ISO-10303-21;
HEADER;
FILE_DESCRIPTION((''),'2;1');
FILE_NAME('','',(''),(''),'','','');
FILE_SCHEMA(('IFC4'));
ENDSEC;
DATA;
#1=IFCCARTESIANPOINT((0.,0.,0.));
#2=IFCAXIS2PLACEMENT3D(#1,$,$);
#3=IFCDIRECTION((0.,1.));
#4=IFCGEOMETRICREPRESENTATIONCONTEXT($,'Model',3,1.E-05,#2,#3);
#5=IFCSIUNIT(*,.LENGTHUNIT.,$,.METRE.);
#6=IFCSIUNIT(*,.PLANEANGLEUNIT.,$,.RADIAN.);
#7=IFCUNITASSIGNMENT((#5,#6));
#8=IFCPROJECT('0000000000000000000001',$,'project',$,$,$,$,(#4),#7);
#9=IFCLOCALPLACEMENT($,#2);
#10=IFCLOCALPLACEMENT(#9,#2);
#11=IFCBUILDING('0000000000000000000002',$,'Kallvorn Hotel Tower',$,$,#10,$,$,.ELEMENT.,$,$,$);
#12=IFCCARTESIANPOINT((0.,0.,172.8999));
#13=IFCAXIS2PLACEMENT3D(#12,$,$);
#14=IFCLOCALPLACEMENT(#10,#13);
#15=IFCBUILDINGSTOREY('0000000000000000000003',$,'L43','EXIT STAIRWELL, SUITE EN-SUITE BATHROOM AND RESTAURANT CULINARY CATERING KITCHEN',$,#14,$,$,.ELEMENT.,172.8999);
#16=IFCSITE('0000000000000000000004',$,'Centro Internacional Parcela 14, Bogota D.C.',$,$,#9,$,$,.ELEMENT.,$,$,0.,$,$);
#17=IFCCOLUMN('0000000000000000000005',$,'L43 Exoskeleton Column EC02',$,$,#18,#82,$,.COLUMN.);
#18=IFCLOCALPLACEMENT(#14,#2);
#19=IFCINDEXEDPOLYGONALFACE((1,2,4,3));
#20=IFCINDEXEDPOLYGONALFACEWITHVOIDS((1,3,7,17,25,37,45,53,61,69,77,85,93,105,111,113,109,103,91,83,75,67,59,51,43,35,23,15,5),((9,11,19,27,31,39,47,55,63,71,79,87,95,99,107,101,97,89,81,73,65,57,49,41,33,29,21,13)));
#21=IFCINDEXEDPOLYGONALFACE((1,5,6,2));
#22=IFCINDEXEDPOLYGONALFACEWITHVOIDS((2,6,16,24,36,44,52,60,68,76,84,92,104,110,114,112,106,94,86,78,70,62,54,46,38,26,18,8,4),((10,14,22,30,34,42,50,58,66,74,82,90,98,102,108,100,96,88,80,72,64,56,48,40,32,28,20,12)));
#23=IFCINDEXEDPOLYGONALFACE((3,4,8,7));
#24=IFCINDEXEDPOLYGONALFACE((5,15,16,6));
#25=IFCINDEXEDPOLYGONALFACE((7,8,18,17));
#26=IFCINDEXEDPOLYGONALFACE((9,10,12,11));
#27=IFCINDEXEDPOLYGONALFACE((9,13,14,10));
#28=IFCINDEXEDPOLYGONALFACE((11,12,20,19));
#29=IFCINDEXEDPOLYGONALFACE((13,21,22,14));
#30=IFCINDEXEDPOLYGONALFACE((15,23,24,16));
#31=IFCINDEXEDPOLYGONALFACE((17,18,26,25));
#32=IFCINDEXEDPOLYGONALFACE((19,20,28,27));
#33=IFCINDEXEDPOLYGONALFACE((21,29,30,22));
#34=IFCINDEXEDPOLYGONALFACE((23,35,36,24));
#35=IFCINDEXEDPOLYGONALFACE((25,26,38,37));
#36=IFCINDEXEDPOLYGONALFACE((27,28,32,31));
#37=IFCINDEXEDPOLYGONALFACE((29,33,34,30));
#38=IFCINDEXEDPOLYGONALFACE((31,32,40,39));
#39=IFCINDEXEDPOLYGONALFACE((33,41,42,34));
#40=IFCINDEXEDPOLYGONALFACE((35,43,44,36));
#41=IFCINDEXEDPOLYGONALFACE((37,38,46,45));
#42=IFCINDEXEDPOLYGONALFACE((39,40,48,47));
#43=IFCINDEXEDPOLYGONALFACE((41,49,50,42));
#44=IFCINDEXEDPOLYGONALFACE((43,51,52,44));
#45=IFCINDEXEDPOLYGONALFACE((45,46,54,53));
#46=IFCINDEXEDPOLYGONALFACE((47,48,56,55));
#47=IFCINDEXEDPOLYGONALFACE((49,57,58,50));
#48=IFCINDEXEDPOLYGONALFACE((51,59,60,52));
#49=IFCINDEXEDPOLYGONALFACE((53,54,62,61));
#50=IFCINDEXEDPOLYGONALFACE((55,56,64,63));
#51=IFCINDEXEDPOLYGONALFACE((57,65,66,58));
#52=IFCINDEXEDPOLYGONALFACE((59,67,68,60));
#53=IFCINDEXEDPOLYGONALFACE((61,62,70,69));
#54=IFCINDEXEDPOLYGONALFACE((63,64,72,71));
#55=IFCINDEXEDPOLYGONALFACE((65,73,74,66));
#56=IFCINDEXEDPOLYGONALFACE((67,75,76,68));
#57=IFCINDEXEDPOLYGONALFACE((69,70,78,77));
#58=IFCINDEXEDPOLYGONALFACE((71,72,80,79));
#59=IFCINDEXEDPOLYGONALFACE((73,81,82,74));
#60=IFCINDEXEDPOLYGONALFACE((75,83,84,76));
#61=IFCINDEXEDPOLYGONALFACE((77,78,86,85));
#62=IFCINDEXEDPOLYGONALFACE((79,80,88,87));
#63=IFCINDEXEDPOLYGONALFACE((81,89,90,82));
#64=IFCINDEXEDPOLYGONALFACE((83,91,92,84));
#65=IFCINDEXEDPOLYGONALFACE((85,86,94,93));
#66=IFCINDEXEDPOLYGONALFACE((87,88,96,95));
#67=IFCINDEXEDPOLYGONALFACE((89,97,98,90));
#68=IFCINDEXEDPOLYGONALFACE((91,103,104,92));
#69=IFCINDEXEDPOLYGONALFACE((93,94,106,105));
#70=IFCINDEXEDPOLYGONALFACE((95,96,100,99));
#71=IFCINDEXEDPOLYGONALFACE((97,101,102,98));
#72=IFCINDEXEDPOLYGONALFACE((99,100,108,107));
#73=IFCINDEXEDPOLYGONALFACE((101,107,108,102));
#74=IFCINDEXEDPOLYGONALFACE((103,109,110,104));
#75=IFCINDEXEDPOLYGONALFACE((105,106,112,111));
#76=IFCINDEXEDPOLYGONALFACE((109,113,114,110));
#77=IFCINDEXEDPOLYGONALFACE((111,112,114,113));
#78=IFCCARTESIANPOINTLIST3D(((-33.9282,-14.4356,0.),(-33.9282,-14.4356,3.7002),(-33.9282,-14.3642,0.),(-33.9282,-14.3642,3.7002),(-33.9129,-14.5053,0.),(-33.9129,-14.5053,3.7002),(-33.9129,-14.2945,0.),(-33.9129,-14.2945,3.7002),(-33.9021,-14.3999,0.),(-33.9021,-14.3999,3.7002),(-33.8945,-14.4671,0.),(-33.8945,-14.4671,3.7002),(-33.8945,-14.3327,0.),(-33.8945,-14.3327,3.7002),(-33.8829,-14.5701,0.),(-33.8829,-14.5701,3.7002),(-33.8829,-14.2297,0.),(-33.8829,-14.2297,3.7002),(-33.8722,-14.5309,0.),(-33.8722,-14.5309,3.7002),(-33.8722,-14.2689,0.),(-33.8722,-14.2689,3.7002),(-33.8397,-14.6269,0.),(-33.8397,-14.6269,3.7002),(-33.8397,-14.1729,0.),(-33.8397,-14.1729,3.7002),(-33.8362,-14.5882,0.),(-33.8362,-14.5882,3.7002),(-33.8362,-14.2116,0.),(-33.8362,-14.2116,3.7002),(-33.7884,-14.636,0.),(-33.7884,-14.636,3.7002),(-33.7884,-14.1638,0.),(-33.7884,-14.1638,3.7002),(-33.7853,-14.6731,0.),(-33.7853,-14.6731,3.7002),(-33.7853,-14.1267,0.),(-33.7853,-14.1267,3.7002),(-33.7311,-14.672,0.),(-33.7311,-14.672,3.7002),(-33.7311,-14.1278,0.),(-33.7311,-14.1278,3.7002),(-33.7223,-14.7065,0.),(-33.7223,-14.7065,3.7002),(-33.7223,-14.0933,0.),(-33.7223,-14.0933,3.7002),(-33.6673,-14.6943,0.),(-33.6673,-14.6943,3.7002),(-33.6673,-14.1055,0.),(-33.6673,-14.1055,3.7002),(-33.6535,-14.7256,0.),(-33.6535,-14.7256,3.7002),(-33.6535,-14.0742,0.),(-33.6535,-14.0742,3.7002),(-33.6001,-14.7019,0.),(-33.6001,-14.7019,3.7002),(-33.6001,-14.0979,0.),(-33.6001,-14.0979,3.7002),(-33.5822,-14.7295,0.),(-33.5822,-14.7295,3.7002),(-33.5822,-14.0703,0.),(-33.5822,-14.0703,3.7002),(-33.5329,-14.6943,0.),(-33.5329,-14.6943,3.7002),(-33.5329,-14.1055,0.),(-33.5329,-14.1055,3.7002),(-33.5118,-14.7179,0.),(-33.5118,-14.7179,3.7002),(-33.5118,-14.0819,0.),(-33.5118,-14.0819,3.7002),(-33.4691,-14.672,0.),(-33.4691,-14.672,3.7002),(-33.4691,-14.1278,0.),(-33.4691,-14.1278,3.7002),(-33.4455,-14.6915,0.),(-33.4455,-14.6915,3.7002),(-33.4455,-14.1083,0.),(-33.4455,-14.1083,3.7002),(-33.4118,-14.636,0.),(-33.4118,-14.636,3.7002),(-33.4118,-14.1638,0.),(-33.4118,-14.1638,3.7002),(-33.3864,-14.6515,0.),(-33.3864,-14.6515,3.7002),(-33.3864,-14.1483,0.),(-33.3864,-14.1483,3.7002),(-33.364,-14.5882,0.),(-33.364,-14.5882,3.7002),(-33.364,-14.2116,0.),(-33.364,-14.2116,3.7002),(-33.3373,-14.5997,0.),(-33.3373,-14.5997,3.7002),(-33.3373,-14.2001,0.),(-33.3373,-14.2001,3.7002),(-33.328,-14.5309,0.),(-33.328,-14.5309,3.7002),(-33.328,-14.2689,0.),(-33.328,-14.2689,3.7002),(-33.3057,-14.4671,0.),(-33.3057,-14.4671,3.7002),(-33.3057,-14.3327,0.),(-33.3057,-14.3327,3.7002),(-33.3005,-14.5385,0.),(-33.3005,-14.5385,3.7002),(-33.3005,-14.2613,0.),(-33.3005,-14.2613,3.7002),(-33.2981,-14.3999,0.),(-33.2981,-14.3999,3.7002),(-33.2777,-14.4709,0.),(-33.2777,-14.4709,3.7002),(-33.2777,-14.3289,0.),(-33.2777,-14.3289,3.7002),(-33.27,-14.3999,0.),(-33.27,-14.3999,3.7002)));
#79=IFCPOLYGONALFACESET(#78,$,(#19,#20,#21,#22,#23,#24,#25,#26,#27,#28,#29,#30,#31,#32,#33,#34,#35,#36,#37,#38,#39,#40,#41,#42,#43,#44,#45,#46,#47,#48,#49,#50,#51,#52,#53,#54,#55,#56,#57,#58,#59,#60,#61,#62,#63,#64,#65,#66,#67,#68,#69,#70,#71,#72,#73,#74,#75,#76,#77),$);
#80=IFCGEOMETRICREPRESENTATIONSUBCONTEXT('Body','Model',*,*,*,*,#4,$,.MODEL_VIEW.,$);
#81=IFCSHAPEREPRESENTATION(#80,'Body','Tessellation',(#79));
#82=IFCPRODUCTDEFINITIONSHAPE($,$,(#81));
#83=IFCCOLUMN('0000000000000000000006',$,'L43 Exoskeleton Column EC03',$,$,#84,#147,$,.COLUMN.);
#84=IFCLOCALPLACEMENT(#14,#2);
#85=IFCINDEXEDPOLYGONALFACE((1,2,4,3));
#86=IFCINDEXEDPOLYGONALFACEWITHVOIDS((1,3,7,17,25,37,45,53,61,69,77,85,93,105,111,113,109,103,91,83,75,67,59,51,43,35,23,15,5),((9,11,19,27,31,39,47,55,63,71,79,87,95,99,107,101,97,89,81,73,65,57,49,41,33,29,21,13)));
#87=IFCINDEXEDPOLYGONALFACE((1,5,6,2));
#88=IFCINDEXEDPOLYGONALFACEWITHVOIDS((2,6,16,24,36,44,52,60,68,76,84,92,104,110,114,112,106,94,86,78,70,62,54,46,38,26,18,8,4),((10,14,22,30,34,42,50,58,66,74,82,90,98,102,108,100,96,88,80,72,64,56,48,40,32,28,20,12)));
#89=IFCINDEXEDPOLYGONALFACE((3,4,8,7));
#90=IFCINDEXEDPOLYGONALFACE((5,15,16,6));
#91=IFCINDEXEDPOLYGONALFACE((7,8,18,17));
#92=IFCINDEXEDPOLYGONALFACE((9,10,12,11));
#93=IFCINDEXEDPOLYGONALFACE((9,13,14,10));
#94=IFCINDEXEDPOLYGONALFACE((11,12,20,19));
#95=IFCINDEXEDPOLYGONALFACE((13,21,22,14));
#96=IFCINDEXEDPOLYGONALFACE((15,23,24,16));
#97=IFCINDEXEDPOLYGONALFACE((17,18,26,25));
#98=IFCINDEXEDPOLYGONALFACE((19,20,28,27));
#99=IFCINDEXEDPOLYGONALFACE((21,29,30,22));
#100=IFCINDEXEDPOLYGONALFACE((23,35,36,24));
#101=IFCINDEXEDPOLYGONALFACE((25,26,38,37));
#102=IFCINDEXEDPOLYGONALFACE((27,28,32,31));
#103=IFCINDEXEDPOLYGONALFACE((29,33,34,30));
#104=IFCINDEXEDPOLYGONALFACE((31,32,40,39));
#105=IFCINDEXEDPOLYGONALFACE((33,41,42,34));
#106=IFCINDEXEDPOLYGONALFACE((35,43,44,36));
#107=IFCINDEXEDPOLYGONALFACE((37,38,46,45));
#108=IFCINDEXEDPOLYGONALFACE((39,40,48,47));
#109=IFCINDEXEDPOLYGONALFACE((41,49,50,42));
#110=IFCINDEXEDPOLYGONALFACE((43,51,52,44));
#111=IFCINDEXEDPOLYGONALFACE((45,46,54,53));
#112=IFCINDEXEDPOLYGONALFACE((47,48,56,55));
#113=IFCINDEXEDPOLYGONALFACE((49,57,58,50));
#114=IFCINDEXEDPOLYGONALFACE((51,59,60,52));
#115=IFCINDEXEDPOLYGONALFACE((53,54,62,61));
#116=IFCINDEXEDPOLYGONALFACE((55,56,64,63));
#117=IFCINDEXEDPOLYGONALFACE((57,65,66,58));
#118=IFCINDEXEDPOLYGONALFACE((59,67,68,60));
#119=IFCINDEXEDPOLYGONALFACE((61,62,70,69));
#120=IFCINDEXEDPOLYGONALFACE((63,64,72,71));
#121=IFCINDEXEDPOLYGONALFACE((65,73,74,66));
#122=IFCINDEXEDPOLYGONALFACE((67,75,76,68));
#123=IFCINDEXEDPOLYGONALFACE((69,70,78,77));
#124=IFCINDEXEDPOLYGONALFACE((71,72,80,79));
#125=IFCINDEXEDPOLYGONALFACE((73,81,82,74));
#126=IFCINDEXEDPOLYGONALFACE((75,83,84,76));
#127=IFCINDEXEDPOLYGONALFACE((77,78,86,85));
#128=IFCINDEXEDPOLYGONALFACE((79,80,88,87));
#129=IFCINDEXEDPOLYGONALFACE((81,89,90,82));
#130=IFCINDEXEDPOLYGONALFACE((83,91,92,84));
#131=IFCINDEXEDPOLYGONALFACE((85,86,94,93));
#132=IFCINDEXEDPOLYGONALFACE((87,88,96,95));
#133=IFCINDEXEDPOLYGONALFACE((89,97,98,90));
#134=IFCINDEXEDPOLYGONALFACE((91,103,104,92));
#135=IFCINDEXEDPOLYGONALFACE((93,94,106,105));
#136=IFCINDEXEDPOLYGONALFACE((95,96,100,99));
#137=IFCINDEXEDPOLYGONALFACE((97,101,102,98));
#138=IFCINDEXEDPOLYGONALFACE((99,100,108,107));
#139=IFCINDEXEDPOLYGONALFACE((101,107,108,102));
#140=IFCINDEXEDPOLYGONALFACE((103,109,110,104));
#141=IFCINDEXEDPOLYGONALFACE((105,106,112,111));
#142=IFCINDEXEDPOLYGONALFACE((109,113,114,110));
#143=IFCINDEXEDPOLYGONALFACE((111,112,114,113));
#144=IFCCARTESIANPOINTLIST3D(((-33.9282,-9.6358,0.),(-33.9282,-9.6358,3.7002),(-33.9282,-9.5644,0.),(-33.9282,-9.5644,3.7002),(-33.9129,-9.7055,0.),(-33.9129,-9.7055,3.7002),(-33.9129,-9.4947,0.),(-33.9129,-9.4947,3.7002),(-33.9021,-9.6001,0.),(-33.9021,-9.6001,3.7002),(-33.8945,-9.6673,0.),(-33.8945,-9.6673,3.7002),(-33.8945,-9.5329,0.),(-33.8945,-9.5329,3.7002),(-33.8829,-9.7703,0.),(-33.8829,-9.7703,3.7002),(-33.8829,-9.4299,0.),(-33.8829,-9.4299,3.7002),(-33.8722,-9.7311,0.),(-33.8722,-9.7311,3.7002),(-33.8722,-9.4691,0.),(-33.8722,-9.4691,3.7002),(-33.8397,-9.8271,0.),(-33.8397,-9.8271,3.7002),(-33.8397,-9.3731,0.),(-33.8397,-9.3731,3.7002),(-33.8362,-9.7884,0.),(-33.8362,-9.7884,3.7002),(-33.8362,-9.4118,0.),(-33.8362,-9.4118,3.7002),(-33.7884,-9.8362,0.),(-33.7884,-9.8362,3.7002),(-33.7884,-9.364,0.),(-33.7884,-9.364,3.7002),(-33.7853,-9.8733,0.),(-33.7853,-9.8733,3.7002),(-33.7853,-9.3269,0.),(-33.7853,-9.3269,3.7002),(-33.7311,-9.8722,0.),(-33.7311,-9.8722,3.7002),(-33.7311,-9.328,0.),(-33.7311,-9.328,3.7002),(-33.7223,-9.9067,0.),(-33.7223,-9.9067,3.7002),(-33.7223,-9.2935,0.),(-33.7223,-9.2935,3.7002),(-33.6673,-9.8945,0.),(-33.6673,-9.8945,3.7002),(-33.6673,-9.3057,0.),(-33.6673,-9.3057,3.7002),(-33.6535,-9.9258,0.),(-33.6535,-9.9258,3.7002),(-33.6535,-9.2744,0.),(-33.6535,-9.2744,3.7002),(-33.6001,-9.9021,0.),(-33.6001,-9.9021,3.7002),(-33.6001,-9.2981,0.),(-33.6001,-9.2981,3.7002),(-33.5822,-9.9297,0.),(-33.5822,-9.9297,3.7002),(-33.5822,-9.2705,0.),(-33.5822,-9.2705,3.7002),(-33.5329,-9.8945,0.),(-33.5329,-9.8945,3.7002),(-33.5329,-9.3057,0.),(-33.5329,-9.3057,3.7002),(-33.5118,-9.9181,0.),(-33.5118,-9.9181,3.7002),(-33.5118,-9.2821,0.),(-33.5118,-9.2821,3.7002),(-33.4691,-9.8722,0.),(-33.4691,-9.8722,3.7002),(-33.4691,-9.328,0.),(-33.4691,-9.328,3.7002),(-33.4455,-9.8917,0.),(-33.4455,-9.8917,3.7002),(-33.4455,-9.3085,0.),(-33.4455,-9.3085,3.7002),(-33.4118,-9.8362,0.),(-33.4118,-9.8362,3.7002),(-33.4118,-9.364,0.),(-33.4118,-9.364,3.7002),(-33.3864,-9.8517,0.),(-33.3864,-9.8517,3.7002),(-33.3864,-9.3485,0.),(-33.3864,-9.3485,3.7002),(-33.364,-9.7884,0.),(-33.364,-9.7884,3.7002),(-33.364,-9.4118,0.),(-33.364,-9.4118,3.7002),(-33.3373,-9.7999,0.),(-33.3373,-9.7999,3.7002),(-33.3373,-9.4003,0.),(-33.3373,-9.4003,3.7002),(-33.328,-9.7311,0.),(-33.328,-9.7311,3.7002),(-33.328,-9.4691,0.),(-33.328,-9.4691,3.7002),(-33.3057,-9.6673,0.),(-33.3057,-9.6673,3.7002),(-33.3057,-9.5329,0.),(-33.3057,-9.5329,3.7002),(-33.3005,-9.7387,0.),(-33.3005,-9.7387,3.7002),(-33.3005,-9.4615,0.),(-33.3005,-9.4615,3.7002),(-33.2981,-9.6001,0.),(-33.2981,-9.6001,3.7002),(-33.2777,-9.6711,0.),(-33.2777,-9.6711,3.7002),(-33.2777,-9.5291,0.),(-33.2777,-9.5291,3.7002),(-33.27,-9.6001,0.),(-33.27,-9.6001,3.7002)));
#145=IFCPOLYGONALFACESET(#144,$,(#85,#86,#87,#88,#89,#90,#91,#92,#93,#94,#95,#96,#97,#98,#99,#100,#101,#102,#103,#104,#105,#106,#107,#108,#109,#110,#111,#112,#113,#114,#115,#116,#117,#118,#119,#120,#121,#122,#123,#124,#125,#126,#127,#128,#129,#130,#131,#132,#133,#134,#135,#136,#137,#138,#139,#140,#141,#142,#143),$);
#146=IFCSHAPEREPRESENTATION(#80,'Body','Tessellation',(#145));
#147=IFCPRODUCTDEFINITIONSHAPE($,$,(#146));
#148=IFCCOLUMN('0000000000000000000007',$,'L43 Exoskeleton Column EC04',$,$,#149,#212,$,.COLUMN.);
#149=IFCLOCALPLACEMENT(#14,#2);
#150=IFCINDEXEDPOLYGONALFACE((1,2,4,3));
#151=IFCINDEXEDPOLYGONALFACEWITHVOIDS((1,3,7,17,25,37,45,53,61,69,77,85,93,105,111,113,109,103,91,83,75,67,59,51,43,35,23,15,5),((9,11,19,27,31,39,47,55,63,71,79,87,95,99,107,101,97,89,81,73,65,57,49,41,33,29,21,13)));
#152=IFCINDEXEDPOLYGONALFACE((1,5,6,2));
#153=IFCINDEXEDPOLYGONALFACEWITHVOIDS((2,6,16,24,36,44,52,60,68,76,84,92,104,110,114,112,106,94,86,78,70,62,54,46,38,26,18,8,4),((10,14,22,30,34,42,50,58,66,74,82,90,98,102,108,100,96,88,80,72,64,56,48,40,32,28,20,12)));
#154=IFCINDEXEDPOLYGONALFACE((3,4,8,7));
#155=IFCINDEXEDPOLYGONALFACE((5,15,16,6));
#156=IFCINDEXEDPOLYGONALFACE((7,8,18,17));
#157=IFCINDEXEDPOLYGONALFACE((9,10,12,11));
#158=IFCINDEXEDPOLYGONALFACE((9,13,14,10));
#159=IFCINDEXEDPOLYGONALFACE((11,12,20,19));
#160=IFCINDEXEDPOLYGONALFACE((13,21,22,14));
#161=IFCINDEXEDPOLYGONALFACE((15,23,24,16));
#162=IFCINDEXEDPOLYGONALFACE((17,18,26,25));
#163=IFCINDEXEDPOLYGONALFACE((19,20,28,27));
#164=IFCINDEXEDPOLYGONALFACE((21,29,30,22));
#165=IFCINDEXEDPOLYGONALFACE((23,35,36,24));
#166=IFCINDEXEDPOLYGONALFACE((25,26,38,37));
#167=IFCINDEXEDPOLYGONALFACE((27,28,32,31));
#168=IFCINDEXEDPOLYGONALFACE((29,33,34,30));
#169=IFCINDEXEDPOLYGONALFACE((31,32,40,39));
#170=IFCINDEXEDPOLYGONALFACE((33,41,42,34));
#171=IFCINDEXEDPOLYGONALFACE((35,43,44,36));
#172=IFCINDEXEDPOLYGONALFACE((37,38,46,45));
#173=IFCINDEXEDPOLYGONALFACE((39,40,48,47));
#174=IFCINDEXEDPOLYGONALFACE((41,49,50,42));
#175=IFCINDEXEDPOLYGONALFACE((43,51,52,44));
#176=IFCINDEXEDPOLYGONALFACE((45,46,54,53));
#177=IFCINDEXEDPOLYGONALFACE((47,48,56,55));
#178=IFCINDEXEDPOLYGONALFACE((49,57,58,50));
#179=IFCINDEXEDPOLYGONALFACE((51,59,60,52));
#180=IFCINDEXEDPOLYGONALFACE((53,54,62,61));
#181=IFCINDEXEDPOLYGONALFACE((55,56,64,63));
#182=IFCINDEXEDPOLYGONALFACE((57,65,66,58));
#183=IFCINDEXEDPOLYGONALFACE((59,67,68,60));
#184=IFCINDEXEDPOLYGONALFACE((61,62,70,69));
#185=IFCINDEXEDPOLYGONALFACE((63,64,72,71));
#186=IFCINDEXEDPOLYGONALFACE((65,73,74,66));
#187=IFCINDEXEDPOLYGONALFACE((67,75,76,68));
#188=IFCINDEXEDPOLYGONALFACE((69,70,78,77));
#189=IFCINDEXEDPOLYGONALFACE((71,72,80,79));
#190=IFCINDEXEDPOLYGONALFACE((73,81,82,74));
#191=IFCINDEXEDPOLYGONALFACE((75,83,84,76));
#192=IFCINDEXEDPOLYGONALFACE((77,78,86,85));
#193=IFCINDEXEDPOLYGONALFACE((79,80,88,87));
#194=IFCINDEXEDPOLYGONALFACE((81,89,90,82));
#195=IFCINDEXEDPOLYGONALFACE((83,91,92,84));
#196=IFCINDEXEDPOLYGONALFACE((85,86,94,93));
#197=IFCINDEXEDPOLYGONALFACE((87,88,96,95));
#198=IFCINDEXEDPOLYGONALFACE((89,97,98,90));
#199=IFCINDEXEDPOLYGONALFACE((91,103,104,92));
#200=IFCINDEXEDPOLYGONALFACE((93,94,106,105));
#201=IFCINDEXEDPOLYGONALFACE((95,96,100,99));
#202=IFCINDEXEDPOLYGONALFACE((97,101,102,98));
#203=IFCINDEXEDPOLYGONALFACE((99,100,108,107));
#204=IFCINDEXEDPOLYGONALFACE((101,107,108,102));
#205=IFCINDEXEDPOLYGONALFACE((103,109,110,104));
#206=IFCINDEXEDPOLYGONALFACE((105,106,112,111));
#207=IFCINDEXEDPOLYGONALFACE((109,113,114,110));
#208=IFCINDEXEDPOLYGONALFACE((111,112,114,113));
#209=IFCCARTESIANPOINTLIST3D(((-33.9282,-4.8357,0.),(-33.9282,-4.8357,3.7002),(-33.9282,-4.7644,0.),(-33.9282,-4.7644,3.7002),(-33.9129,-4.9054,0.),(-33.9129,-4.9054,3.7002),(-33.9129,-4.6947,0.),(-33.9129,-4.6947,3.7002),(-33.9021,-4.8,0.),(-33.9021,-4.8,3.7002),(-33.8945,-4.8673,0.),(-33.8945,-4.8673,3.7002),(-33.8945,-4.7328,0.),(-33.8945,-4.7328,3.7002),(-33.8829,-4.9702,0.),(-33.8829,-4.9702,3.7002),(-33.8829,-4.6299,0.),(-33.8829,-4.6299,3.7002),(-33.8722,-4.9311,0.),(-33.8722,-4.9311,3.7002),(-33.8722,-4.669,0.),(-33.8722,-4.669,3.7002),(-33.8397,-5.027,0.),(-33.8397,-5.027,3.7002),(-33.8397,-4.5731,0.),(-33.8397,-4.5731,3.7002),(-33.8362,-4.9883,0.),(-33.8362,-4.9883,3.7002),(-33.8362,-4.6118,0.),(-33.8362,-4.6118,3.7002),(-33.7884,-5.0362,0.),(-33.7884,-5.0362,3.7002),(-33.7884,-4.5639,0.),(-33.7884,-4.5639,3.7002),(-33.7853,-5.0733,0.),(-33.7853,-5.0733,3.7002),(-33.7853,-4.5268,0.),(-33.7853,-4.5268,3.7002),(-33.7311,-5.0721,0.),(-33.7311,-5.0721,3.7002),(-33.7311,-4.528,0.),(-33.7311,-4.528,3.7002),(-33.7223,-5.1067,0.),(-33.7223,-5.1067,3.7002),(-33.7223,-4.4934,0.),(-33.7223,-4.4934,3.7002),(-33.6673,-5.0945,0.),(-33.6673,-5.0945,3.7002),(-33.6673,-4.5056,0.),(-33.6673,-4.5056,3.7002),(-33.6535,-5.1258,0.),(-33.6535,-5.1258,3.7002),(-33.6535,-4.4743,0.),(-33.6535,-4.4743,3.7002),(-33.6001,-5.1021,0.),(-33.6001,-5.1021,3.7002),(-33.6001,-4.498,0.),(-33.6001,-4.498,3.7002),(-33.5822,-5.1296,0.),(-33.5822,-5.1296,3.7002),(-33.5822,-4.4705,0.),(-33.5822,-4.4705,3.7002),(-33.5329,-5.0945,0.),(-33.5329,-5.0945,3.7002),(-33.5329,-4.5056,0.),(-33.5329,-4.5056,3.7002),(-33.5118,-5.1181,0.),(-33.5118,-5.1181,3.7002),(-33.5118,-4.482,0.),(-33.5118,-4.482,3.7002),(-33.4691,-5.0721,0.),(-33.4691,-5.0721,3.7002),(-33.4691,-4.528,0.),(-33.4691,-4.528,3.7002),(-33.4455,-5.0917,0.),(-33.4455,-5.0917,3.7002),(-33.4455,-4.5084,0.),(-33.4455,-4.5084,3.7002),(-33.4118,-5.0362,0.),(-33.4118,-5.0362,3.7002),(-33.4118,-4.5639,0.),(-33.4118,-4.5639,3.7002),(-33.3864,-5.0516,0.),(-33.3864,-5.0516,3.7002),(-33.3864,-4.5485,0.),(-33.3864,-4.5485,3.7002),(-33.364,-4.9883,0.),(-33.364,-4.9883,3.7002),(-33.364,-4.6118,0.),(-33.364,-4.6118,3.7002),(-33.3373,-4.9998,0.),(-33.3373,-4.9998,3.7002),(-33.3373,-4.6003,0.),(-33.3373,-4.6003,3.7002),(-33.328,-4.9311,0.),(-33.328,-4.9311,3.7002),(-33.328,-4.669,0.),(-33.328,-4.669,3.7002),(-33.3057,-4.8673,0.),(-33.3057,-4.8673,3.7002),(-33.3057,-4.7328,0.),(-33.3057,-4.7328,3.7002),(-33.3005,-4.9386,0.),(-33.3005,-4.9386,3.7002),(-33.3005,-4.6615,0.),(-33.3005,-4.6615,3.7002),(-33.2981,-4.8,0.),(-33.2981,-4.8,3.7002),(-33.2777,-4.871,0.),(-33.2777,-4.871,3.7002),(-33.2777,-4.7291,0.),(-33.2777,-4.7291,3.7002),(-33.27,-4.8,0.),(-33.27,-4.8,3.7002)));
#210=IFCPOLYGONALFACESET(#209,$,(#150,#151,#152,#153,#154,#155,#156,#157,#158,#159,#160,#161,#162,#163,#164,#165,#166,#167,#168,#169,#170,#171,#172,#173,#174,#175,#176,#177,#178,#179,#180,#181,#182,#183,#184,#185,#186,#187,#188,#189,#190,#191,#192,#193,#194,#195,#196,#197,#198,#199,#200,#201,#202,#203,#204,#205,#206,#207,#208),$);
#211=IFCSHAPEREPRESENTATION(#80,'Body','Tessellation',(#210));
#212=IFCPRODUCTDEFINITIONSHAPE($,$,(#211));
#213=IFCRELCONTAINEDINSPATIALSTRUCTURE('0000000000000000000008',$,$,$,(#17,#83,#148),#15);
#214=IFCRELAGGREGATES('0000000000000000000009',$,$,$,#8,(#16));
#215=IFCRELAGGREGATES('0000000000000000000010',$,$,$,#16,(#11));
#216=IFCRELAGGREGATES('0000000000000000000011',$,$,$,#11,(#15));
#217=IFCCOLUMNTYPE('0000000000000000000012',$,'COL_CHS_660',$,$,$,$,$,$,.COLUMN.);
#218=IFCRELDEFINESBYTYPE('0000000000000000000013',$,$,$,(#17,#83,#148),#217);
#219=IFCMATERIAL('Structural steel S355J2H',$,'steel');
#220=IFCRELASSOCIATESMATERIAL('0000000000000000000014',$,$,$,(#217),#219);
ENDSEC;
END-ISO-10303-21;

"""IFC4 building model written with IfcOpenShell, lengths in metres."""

from ifc_helpers import new_model, si_unit, direction, frame, origin, origin_2d, place, context, subcontext, project, spatial, hollow_circle, extrude, material, material_profile, profile_set, type_object, element, save


model = new_model("IFC4")

# Units and contexts
model_context = context("Model", 3, precision=1e-05, world=origin(), true_north=direction((0.0, 1.0)))
body_context = subcontext(model_context, "Body", "Model", "MODEL_VIEW")
ifc_project = project(units=[si_unit("LENGTHUNIT", "METRE"), si_unit("PLANEANGLEUNIT", "RADIAN")], contexts=[model_context])

# Site, building, storey
site_placement = place(None, origin())
site = spatial("IfcSite", under=ifc_project, at=site_placement, Name="Centro Internacional Parcela 14, Bogota D.C.", CompositionType="ELEMENT", RefElevation=0.0)
building_placement = place(site_placement, origin())
building = spatial("IfcBuilding", under=site, at=building_placement, Name="Kallvorn Hotel Tower", CompositionType="ELEMENT")
storey_placement = place(building_placement, frame((0.0, 0.0, 172.8999)))
storey = spatial("IfcBuildingStorey", under=building, at=storey_placement, Name="L43", Description="EXIT STAIRWELL, SUITE EN-SUITE BATHROOM AND RESTAURANT CULINARY CATERING KITCHEN", CompositionType="ELEMENT", Elevation=172.8999)

# Columns
ifc_material_1 = material(Name="Structural steel S355J2H", Category="steel")
ifc_material_profile_1 = material_profile(ifc_material_1, hollow_circle(Radius=0.3301, WallThickness=0.0281, at=origin_2d()), Name="CHS 660x28")
ifc_profile_set_1 = profile_set([ifc_material_profile_1], Name="Structural steel S355J2H")
column_type_1 = type_object("IfcColumnType", Name="COL_CHS_660", PredefinedType="COLUMN", material=ifc_profile_set_1)
for number, where, z_axis, x_axis, name in (
    (1, (-33.6001, -14.3999, 0.0), (0.0, 0.0, 1.0), (1.0, 0.0, 0.0), "L43 Exoskeleton Column EC02"),
    (2, (-33.6001, -9.6001, 0.0), (0.0, 0.0, 1.0), (1.0, 0.0, 0.0), "L43 Exoskeleton Column EC03"),
    (3, (-33.6001, -4.8, 0.0), (0.0, 0.0, 1.0), (1.0, 0.0, 0.0), "L43 Exoskeleton Column EC04"),
):
    element("IfcColumn", number, at=place(storey_placement, frame(where, z_axis=z_axis, x_axis=x_axis)), inside=storey, type_object=column_type_1, Name=name, PredefinedType="COLUMN", context=body_context, shape_type="SweptSolid", body=[
        extrude(hollow_circle(Radius=0.3301, WallThickness=0.0281, at=origin_2d()), origin(), (0.0, 0.0, 1.0), 3.7002),
    ])

save(model, "model.ifc")
